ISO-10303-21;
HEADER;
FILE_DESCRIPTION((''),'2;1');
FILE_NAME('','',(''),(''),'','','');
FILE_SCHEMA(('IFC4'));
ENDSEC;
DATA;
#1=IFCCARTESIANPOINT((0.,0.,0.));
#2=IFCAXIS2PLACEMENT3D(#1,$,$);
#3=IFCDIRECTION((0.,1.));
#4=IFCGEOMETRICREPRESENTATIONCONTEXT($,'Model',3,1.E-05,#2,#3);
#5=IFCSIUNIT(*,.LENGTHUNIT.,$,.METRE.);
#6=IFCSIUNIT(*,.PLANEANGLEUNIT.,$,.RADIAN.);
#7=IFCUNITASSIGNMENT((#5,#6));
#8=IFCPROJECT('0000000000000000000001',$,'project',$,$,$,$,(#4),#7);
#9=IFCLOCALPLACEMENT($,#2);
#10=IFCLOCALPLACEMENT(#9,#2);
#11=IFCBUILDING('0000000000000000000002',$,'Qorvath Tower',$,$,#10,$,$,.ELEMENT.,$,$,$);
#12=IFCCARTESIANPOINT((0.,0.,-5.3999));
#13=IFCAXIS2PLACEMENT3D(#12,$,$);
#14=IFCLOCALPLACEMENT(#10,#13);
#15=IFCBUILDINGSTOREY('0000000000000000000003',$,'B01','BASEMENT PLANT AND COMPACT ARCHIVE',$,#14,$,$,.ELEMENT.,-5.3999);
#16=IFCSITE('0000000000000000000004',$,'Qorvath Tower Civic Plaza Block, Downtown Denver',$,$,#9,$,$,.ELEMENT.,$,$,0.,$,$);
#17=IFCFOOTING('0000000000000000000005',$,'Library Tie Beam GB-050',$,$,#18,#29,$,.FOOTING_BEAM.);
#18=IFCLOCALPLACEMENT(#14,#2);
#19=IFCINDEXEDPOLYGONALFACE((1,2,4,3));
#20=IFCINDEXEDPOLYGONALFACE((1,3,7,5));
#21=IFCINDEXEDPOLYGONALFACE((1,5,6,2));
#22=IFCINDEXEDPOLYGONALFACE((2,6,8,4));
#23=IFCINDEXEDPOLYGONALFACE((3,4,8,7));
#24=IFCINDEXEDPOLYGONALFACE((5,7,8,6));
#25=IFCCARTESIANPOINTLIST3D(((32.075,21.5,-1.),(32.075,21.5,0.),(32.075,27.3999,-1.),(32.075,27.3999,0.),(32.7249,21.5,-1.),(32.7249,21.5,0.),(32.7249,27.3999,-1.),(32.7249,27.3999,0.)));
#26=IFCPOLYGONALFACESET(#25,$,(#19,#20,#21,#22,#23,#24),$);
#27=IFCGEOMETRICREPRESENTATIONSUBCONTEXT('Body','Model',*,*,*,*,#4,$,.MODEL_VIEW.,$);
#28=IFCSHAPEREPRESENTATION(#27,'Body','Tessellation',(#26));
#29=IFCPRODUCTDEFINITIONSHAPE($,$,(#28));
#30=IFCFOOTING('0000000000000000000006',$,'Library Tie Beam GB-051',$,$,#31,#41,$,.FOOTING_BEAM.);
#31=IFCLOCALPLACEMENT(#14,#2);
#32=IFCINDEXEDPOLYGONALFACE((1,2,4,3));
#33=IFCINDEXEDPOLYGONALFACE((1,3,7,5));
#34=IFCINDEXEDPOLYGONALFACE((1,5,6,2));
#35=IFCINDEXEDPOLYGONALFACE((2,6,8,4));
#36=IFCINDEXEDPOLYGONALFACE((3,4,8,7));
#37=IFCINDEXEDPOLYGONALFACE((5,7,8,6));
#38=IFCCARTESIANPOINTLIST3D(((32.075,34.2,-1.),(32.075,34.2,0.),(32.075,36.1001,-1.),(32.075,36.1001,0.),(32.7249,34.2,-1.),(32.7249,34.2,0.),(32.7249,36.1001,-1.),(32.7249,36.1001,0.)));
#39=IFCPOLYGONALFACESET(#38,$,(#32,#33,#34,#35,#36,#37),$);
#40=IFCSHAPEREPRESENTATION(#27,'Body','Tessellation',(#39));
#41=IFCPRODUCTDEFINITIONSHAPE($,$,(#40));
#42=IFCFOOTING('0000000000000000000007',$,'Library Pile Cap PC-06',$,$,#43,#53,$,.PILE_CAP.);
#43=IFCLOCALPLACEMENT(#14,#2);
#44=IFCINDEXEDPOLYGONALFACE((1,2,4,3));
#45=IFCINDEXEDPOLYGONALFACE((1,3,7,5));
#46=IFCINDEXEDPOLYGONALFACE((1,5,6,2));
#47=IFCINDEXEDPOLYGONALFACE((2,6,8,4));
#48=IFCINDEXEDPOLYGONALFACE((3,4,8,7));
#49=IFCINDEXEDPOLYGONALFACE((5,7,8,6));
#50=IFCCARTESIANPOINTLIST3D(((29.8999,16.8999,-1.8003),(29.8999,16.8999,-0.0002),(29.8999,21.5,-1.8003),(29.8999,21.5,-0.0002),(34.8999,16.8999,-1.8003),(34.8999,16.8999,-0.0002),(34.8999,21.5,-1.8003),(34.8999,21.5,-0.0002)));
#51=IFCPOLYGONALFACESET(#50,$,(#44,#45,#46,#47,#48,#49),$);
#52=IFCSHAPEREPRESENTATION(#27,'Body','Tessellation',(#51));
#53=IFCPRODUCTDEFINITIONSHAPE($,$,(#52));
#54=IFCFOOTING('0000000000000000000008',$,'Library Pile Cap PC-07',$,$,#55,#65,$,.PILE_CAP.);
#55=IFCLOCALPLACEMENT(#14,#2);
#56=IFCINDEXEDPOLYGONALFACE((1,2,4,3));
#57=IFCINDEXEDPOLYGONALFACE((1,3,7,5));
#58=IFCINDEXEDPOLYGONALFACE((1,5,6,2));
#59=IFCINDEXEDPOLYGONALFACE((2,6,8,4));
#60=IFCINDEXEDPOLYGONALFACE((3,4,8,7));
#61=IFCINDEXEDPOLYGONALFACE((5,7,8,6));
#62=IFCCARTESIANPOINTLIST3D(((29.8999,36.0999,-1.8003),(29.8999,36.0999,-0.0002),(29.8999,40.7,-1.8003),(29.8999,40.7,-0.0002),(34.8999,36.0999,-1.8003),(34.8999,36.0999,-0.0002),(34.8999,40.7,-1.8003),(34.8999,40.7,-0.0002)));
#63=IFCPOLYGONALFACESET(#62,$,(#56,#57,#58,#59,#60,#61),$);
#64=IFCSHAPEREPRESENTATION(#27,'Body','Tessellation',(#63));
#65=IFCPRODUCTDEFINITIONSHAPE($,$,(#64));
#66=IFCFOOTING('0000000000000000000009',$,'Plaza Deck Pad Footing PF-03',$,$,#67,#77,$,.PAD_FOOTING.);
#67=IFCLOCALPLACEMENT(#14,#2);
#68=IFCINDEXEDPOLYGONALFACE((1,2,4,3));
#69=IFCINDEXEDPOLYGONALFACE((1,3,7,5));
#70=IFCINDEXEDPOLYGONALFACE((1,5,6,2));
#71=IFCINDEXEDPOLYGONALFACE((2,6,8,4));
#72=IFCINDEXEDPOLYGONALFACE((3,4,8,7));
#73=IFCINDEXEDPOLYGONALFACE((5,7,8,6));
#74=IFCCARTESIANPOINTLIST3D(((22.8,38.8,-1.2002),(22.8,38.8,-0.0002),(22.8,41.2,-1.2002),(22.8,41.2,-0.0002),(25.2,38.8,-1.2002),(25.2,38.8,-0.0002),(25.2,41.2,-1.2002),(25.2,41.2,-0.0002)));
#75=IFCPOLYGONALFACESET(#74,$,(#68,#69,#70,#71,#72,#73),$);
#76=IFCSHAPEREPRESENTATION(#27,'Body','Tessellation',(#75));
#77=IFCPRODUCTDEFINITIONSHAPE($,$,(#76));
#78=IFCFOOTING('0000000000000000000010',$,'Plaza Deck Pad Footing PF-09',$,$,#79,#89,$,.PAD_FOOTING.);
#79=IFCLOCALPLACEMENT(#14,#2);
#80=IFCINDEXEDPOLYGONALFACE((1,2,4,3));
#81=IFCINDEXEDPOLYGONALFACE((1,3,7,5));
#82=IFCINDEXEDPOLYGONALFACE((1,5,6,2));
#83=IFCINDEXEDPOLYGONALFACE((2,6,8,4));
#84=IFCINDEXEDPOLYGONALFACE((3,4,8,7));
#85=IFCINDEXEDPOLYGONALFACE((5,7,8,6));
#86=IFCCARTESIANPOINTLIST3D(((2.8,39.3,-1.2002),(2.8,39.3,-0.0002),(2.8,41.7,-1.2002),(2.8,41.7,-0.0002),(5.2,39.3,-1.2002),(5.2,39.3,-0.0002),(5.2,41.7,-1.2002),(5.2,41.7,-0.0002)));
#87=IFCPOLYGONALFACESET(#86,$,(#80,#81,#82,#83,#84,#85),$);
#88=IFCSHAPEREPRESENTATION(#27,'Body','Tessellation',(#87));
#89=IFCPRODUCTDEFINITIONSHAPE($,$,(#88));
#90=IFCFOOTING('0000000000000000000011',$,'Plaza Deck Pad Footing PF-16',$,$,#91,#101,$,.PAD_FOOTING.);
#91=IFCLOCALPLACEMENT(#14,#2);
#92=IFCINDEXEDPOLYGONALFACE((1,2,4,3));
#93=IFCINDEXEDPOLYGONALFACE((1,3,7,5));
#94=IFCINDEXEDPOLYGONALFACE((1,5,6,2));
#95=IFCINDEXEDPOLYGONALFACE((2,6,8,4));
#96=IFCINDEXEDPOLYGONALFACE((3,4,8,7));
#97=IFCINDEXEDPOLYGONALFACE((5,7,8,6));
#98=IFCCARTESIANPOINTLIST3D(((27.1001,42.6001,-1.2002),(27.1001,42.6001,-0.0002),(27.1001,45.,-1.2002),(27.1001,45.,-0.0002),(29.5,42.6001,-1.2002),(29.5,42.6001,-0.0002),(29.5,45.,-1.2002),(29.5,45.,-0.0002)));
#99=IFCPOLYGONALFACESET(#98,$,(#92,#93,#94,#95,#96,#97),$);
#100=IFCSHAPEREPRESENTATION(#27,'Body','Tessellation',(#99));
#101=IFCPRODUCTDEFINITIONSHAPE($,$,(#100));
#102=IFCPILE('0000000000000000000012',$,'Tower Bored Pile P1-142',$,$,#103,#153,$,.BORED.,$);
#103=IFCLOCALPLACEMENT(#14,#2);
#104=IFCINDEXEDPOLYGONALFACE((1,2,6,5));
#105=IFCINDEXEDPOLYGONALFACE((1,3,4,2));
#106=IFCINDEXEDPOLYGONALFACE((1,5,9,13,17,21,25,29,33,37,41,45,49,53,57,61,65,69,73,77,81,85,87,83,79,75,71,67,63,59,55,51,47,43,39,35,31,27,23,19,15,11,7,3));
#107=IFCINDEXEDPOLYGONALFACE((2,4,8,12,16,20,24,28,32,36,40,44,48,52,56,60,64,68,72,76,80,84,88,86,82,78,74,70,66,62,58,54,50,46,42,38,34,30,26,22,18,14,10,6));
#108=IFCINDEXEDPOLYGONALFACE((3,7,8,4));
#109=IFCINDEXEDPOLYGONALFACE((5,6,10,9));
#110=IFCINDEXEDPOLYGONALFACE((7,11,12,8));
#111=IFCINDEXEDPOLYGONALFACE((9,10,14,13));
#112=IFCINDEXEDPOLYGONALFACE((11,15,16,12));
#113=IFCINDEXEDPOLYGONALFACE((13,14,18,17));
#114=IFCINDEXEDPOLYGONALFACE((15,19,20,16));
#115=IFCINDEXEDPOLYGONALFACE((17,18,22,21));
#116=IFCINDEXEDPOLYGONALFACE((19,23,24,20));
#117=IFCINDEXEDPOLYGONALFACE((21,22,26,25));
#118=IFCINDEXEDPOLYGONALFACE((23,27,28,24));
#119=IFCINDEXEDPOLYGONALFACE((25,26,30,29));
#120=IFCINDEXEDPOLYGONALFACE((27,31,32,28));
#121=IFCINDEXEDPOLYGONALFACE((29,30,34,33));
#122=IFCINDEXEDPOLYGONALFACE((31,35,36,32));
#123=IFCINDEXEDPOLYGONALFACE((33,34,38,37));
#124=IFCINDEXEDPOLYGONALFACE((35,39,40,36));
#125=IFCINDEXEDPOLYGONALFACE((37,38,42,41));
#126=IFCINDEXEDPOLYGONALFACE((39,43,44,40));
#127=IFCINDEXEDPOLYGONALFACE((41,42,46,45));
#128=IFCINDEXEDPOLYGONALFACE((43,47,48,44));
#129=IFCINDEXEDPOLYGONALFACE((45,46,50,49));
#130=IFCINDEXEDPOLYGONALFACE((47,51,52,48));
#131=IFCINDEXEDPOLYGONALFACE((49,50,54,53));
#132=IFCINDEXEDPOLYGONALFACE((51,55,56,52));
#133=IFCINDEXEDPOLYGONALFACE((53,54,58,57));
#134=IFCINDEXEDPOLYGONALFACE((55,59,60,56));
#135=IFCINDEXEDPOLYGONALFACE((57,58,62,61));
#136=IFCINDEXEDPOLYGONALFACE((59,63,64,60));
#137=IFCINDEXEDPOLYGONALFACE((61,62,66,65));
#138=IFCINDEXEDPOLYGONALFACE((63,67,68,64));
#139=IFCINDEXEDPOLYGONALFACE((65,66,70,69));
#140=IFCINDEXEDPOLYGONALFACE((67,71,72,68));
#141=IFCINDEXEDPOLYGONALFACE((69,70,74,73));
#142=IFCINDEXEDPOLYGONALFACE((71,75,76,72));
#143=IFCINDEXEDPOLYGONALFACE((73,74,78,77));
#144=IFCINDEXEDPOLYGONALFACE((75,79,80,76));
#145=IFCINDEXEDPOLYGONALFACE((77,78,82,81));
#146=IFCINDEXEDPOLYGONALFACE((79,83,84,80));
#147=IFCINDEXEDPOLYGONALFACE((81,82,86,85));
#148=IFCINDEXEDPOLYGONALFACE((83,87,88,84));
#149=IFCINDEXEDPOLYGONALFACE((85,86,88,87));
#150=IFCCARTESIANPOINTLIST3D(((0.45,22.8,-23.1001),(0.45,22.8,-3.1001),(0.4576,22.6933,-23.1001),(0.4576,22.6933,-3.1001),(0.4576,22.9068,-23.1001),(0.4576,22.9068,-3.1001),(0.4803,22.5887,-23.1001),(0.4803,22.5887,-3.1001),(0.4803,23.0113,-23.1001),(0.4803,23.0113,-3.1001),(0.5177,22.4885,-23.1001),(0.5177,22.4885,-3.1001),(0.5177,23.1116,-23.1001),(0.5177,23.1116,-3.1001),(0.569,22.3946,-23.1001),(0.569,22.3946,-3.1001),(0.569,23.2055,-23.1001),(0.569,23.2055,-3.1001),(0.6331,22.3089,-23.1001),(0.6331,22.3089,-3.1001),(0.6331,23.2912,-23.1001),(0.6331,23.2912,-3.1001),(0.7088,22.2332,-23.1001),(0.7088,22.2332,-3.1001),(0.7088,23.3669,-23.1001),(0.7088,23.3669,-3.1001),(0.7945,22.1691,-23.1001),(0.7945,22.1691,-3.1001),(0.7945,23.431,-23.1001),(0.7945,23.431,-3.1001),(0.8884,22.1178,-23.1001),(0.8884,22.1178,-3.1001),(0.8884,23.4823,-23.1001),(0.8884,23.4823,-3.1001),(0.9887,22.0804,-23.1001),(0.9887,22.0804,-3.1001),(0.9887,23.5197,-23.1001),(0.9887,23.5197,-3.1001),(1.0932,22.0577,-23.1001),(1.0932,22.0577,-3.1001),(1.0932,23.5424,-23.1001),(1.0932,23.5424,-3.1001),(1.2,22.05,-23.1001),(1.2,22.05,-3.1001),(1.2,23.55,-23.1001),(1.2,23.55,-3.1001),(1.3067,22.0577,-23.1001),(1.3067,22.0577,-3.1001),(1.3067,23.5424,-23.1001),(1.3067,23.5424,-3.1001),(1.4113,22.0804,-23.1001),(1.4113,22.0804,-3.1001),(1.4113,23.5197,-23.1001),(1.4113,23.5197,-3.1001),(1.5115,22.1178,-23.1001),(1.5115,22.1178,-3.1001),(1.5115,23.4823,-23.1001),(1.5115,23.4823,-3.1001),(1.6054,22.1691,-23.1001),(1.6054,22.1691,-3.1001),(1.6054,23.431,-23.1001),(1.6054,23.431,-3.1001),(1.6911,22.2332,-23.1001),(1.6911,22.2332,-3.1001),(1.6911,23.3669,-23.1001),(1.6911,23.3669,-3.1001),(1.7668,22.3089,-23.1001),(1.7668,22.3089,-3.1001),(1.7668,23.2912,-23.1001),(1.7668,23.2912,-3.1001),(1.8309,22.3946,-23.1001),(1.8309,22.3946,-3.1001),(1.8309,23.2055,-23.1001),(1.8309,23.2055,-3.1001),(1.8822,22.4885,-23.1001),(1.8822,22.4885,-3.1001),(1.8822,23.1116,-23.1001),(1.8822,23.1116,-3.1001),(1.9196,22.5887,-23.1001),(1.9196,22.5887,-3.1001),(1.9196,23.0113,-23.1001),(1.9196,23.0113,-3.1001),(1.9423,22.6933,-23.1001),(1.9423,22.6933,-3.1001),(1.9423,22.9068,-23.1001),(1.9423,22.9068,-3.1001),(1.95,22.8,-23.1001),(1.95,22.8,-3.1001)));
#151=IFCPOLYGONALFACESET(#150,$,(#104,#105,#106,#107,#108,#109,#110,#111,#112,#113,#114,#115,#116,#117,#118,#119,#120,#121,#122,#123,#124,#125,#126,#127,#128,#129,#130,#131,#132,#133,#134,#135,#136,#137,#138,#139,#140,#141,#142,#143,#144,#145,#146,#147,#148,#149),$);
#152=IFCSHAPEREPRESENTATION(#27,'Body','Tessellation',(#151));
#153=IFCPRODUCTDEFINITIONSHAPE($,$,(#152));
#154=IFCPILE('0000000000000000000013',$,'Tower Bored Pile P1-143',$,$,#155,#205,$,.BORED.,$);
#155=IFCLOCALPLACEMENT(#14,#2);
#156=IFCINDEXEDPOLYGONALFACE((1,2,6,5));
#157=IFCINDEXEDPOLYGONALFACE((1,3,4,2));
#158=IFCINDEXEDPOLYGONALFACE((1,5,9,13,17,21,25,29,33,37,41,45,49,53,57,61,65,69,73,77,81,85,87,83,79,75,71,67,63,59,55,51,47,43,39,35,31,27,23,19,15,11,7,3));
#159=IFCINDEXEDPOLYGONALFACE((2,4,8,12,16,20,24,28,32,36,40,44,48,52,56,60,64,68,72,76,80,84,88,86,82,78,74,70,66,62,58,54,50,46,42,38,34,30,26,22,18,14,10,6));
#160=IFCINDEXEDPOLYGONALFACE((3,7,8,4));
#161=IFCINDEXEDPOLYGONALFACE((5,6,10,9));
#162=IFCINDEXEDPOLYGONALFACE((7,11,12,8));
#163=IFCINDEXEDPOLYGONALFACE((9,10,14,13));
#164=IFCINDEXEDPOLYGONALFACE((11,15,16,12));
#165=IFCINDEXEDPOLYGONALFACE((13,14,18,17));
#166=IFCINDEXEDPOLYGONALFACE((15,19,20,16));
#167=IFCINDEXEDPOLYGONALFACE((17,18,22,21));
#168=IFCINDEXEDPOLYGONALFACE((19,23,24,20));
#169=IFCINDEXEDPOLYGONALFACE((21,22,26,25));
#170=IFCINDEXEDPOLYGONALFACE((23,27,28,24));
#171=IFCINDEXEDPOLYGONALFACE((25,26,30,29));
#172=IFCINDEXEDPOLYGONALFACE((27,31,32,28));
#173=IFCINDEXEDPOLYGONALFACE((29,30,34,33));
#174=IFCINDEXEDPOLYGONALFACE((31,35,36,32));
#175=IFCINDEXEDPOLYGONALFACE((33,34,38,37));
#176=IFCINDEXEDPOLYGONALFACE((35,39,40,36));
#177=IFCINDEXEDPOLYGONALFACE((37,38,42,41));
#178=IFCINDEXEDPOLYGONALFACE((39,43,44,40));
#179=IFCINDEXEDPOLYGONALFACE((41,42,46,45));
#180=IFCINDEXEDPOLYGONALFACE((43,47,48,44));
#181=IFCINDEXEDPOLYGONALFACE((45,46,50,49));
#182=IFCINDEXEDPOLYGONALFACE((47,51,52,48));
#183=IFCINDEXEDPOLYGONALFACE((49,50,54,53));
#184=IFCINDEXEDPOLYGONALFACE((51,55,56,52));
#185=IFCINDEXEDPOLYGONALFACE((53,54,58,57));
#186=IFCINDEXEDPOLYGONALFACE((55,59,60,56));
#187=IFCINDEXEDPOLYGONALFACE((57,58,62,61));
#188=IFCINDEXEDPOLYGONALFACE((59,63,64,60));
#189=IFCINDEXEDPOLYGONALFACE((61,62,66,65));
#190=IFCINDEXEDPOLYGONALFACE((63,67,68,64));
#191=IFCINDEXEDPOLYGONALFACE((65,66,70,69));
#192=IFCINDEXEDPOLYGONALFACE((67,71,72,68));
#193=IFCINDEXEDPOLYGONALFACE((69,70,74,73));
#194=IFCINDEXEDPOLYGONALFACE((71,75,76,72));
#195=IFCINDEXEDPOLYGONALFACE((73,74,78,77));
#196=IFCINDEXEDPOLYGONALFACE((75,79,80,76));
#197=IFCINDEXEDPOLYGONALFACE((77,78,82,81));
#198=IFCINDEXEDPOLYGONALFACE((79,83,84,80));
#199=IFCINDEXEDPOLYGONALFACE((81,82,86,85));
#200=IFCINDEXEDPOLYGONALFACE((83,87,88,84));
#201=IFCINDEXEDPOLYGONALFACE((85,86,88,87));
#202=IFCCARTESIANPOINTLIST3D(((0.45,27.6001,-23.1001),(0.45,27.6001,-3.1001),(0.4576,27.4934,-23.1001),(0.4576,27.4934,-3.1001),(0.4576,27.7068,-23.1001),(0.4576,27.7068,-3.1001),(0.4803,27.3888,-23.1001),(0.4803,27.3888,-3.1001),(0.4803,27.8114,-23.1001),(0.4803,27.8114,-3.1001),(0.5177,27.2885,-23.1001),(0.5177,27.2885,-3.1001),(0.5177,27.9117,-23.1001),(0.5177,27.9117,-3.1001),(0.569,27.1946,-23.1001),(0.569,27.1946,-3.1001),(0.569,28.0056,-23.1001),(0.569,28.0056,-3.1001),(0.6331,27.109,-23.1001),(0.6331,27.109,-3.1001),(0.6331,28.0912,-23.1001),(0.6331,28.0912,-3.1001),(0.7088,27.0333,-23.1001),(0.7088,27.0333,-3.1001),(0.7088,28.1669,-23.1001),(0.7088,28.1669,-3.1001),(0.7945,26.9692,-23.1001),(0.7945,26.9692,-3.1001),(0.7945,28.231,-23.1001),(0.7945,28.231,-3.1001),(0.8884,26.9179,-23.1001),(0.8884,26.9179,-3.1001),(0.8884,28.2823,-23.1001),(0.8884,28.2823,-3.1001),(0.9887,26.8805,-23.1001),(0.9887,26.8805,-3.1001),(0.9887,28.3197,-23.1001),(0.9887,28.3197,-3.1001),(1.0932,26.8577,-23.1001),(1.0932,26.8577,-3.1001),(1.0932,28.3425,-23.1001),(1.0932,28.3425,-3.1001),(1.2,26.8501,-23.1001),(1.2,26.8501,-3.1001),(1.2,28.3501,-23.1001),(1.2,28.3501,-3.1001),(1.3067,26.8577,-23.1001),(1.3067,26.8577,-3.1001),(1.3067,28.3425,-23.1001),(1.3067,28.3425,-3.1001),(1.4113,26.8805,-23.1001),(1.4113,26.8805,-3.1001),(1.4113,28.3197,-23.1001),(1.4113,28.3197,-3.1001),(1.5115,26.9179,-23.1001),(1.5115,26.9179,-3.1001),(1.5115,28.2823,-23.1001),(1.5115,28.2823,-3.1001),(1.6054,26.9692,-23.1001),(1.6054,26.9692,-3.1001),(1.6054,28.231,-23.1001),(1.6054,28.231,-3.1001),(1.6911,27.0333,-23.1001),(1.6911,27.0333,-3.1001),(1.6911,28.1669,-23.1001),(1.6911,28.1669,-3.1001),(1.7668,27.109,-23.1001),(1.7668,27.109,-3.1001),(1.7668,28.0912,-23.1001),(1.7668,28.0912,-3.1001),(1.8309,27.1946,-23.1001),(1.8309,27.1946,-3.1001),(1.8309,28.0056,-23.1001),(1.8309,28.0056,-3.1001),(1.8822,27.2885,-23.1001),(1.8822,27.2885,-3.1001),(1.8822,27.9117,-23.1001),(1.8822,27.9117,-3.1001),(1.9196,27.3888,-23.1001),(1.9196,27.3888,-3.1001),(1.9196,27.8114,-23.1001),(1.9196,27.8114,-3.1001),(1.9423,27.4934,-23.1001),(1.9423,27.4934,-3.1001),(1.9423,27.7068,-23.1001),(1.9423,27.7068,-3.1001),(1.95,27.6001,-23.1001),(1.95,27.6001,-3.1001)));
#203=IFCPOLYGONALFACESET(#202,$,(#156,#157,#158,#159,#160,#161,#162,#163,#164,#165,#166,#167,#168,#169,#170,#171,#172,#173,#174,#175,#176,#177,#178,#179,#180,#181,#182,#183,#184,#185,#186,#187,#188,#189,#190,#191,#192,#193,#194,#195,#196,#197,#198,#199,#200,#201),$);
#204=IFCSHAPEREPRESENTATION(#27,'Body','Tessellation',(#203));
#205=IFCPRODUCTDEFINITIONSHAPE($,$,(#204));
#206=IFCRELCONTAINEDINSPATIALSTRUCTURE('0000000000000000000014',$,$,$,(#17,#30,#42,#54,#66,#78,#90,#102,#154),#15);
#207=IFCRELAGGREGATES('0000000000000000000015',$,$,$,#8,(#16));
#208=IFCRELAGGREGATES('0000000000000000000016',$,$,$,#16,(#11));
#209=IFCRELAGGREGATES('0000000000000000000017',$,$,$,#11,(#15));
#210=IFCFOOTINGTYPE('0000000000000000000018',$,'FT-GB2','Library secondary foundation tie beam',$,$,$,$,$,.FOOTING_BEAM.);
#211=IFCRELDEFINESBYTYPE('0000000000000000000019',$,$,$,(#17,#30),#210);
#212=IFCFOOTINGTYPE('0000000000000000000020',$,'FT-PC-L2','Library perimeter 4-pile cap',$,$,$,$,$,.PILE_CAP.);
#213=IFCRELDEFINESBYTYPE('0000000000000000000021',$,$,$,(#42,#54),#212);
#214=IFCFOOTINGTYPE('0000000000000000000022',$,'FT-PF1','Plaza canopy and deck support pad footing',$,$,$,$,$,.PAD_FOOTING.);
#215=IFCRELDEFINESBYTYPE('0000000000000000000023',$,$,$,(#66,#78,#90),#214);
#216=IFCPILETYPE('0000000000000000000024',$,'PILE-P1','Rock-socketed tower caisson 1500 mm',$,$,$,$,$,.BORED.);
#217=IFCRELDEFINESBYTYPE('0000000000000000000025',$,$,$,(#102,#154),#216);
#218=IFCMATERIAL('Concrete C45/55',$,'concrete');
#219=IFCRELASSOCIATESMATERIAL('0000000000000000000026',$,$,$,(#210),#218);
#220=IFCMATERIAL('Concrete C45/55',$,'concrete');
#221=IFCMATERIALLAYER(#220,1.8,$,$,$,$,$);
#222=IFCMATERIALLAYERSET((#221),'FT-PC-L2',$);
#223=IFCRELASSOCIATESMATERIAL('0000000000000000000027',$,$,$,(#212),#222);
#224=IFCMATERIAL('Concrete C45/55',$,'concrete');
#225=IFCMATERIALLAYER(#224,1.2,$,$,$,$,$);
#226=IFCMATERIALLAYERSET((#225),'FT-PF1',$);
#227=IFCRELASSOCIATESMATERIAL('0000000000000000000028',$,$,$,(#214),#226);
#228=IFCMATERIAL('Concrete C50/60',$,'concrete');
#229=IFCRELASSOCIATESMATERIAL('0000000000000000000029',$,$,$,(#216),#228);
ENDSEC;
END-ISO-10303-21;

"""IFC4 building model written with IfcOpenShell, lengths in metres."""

from ifc_helpers import new_model, si_unit, direction, frame, origin, origin_2d, place, context, subcontext, project, spatial, rectangle, circle, extrude, material, layer, layer_set, material_profile, profile_set, type_object, element, save


model = new_model("IFC4")

# Units and contexts
model_context = context("Model", 3, precision=1e-05, world=origin(), true_north=direction((0.0, 1.0)))
body_context = subcontext(model_context, "Body", "Model", "MODEL_VIEW")
ifc_project = project(units=[si_unit("LENGTHUNIT", "METRE"), si_unit("PLANEANGLEUNIT", "RADIAN")], contexts=[model_context])

# Site, building, storey
site_placement = place(None, origin())
site = spatial("IfcSite", under=ifc_project, at=site_placement, Name="Qorvath Tower Civic Plaza Block, Downtown Denver", CompositionType="ELEMENT", RefElevation=0.0)
building_placement = place(site_placement, origin())
building = spatial("IfcBuilding", under=site, at=building_placement, Name="Qorvath Tower", CompositionType="ELEMENT")
storey_placement = place(building_placement, frame((0.0, 0.0, -5.3999)))
storey = spatial("IfcBuildingStorey", under=building, at=storey_placement, Name="B01", Description="BASEMENT PLANT AND COMPACT ARCHIVE", CompositionType="ELEMENT", Elevation=-5.3999)

# Footings
ifc_material_1 = material(Name="Concrete C45/55", Category="concrete")
ifc_material_profile_1 = material_profile(ifc_material_1, rectangle(XDim=0.6499, YDim=1.0, at=origin_2d()), Name="GB 650x1000")
ifc_profile_set_1 = profile_set([ifc_material_profile_1], Name="Concrete C45/55")
footing_type_1 = type_object("IfcFootingType", Name="FT-GB2", Description="Library secondary foundation tie beam", PredefinedType="FOOTING_BEAM", material=ifc_profile_set_1)
footing_1_placement = place(storey_placement, frame((32.3999, 21.5, -0.5), z_axis=(0.0, 1.0, 0.0), x_axis=(-1.0, 0.0, 0.0)))
element("IfcFooting", 1, at=footing_1_placement, inside=storey, type_object=footing_type_1, Name="Library Tie Beam GB-050", PredefinedType="FOOTING_BEAM", context=body_context, shape_type="SweptSolid", body=[
    extrude(rectangle(XDim=0.6499, YDim=1.0, at=origin_2d()), origin(), (0.0, 0.0, 1.0), 5.8999),
])
footing_2_placement = place(storey_placement, frame((32.3999, 34.2, -0.5), z_axis=(0.0, 1.0, 0.0), x_axis=(-1.0, 0.0, 0.0)))
element("IfcFooting", 2, at=footing_2_placement, inside=storey, type_object=footing_type_1, Name="Library Tie Beam GB-051", PredefinedType="FOOTING_BEAM", context=body_context, shape_type="SweptSolid", body=[
    extrude(rectangle(XDim=0.6499, YDim=1.0, at=origin_2d()), origin(), (0.0, 0.0, 1.0), 1.9001),
])
ifc_material_2 = material(Name="Concrete C45/55", Category="concrete")
ifc_layer_1 = layer(ifc_material_2, 1.8)
ifc_layer_set_1 = layer_set([ifc_layer_1], Name="FT-PC-L2")
footing_type_2 = type_object("IfcFootingType", Name="FT-PC-L2", Description="Library perimeter 4-pile cap", PredefinedType="PILE_CAP", material=ifc_layer_set_1)
for number, where, z_axis, x_axis, name in (
    (3, (32.3999, 19.2, -1.8003), (0.0, 0.0, 1.0), (1.0, 0.0, 0.0), "Library Pile Cap PC-06"),
    (4, (32.3999, 38.3999, -1.8003), (0.0, 0.0, 1.0), (1.0, 0.0, 0.0), "Library Pile Cap PC-07"),
):
    element("IfcFooting", number, at=place(storey_placement, frame(where, z_axis=z_axis, x_axis=x_axis)), inside=storey, type_object=footing_type_2, Name=name, PredefinedType="PILE_CAP", context=body_context, shape_type="SweptSolid", body=[
        extrude(rectangle(XDim=5.0, YDim=4.6001, at=origin_2d()), origin(), (0.0, 0.0, 1.0), 1.8),
    ])
ifc_material_3 = material(Name="Concrete C45/55", Category="concrete")
ifc_layer_2 = layer(ifc_material_3, 1.2)
ifc_layer_set_2 = layer_set([ifc_layer_2], Name="FT-PF1")
footing_type_3 = type_object("IfcFootingType", Name="FT-PF1", Description="Plaza canopy and deck support pad footing", PredefinedType="PAD_FOOTING", material=ifc_layer_set_2)
for number, where, z_axis, x_axis, name in (
    (5, (24.0, 40.0, -1.2002), (0.0, 0.0, 1.0), (1.0, 0.0, 0.0), "Plaza Deck Pad Footing PF-03"),
    (6, (4.0, 40.5, -1.2002), (0.0, 0.0, 1.0), (1.0, 0.0, 0.0), "Plaza Deck Pad Footing PF-09"),
    (7, (28.3, 43.8, -1.2002), (0.0, 0.0, 1.0), (1.0, 0.0, 0.0), "Plaza Deck Pad Footing PF-16"),
):
    element("IfcFooting", number, at=place(storey_placement, frame(where, z_axis=z_axis, x_axis=x_axis)), inside=storey, type_object=footing_type_3, Name=name, PredefinedType="PAD_FOOTING", context=body_context, shape_type="SweptSolid", body=[
        extrude(rectangle(XDim=2.3999, YDim=2.3999, at=origin_2d()), origin(), (0.0, 0.0, 1.0), 1.2),
    ])

# Piles
ifc_material_4 = material(Name="Concrete C50/60", Category="concrete")
ifc_material_profile_2 = material_profile(ifc_material_4, circle(Radius=0.75, at=origin_2d()), Name="BORED PILE 1500")
ifc_profile_set_2 = profile_set([ifc_material_profile_2], Name="Concrete C50/60")
pile_type_1 = type_object("IfcPileType", Name="PILE-P1", Description="Rock-socketed tower caisson 1500 mm", PredefinedType="BORED", material=ifc_profile_set_2)
for number, where, z_axis, x_axis, name in (
    (8, (1.2, 22.8, -3.1001), (0.0, 0.0, -1.0), (1.0, 0.0, 0.0), "Tower Bored Pile P1-142"),
    (9, (1.2, 27.6001, -3.1001), (0.0, 0.0, -1.0), (1.0, 0.0, 0.0), "Tower Bored Pile P1-143"),
):
    element("IfcPile", number, at=place(storey_placement, frame(where, z_axis=z_axis, x_axis=x_axis)), inside=storey, type_object=pile_type_1, Name=name, PredefinedType="BORED", context=body_context, shape_type="SweptSolid", body=[
        extrude(circle(Radius=0.75, at=origin_2d()), origin(), (0.0, 0.0, 1.0), 20.0),
    ])

save(model, "model.ifc")
